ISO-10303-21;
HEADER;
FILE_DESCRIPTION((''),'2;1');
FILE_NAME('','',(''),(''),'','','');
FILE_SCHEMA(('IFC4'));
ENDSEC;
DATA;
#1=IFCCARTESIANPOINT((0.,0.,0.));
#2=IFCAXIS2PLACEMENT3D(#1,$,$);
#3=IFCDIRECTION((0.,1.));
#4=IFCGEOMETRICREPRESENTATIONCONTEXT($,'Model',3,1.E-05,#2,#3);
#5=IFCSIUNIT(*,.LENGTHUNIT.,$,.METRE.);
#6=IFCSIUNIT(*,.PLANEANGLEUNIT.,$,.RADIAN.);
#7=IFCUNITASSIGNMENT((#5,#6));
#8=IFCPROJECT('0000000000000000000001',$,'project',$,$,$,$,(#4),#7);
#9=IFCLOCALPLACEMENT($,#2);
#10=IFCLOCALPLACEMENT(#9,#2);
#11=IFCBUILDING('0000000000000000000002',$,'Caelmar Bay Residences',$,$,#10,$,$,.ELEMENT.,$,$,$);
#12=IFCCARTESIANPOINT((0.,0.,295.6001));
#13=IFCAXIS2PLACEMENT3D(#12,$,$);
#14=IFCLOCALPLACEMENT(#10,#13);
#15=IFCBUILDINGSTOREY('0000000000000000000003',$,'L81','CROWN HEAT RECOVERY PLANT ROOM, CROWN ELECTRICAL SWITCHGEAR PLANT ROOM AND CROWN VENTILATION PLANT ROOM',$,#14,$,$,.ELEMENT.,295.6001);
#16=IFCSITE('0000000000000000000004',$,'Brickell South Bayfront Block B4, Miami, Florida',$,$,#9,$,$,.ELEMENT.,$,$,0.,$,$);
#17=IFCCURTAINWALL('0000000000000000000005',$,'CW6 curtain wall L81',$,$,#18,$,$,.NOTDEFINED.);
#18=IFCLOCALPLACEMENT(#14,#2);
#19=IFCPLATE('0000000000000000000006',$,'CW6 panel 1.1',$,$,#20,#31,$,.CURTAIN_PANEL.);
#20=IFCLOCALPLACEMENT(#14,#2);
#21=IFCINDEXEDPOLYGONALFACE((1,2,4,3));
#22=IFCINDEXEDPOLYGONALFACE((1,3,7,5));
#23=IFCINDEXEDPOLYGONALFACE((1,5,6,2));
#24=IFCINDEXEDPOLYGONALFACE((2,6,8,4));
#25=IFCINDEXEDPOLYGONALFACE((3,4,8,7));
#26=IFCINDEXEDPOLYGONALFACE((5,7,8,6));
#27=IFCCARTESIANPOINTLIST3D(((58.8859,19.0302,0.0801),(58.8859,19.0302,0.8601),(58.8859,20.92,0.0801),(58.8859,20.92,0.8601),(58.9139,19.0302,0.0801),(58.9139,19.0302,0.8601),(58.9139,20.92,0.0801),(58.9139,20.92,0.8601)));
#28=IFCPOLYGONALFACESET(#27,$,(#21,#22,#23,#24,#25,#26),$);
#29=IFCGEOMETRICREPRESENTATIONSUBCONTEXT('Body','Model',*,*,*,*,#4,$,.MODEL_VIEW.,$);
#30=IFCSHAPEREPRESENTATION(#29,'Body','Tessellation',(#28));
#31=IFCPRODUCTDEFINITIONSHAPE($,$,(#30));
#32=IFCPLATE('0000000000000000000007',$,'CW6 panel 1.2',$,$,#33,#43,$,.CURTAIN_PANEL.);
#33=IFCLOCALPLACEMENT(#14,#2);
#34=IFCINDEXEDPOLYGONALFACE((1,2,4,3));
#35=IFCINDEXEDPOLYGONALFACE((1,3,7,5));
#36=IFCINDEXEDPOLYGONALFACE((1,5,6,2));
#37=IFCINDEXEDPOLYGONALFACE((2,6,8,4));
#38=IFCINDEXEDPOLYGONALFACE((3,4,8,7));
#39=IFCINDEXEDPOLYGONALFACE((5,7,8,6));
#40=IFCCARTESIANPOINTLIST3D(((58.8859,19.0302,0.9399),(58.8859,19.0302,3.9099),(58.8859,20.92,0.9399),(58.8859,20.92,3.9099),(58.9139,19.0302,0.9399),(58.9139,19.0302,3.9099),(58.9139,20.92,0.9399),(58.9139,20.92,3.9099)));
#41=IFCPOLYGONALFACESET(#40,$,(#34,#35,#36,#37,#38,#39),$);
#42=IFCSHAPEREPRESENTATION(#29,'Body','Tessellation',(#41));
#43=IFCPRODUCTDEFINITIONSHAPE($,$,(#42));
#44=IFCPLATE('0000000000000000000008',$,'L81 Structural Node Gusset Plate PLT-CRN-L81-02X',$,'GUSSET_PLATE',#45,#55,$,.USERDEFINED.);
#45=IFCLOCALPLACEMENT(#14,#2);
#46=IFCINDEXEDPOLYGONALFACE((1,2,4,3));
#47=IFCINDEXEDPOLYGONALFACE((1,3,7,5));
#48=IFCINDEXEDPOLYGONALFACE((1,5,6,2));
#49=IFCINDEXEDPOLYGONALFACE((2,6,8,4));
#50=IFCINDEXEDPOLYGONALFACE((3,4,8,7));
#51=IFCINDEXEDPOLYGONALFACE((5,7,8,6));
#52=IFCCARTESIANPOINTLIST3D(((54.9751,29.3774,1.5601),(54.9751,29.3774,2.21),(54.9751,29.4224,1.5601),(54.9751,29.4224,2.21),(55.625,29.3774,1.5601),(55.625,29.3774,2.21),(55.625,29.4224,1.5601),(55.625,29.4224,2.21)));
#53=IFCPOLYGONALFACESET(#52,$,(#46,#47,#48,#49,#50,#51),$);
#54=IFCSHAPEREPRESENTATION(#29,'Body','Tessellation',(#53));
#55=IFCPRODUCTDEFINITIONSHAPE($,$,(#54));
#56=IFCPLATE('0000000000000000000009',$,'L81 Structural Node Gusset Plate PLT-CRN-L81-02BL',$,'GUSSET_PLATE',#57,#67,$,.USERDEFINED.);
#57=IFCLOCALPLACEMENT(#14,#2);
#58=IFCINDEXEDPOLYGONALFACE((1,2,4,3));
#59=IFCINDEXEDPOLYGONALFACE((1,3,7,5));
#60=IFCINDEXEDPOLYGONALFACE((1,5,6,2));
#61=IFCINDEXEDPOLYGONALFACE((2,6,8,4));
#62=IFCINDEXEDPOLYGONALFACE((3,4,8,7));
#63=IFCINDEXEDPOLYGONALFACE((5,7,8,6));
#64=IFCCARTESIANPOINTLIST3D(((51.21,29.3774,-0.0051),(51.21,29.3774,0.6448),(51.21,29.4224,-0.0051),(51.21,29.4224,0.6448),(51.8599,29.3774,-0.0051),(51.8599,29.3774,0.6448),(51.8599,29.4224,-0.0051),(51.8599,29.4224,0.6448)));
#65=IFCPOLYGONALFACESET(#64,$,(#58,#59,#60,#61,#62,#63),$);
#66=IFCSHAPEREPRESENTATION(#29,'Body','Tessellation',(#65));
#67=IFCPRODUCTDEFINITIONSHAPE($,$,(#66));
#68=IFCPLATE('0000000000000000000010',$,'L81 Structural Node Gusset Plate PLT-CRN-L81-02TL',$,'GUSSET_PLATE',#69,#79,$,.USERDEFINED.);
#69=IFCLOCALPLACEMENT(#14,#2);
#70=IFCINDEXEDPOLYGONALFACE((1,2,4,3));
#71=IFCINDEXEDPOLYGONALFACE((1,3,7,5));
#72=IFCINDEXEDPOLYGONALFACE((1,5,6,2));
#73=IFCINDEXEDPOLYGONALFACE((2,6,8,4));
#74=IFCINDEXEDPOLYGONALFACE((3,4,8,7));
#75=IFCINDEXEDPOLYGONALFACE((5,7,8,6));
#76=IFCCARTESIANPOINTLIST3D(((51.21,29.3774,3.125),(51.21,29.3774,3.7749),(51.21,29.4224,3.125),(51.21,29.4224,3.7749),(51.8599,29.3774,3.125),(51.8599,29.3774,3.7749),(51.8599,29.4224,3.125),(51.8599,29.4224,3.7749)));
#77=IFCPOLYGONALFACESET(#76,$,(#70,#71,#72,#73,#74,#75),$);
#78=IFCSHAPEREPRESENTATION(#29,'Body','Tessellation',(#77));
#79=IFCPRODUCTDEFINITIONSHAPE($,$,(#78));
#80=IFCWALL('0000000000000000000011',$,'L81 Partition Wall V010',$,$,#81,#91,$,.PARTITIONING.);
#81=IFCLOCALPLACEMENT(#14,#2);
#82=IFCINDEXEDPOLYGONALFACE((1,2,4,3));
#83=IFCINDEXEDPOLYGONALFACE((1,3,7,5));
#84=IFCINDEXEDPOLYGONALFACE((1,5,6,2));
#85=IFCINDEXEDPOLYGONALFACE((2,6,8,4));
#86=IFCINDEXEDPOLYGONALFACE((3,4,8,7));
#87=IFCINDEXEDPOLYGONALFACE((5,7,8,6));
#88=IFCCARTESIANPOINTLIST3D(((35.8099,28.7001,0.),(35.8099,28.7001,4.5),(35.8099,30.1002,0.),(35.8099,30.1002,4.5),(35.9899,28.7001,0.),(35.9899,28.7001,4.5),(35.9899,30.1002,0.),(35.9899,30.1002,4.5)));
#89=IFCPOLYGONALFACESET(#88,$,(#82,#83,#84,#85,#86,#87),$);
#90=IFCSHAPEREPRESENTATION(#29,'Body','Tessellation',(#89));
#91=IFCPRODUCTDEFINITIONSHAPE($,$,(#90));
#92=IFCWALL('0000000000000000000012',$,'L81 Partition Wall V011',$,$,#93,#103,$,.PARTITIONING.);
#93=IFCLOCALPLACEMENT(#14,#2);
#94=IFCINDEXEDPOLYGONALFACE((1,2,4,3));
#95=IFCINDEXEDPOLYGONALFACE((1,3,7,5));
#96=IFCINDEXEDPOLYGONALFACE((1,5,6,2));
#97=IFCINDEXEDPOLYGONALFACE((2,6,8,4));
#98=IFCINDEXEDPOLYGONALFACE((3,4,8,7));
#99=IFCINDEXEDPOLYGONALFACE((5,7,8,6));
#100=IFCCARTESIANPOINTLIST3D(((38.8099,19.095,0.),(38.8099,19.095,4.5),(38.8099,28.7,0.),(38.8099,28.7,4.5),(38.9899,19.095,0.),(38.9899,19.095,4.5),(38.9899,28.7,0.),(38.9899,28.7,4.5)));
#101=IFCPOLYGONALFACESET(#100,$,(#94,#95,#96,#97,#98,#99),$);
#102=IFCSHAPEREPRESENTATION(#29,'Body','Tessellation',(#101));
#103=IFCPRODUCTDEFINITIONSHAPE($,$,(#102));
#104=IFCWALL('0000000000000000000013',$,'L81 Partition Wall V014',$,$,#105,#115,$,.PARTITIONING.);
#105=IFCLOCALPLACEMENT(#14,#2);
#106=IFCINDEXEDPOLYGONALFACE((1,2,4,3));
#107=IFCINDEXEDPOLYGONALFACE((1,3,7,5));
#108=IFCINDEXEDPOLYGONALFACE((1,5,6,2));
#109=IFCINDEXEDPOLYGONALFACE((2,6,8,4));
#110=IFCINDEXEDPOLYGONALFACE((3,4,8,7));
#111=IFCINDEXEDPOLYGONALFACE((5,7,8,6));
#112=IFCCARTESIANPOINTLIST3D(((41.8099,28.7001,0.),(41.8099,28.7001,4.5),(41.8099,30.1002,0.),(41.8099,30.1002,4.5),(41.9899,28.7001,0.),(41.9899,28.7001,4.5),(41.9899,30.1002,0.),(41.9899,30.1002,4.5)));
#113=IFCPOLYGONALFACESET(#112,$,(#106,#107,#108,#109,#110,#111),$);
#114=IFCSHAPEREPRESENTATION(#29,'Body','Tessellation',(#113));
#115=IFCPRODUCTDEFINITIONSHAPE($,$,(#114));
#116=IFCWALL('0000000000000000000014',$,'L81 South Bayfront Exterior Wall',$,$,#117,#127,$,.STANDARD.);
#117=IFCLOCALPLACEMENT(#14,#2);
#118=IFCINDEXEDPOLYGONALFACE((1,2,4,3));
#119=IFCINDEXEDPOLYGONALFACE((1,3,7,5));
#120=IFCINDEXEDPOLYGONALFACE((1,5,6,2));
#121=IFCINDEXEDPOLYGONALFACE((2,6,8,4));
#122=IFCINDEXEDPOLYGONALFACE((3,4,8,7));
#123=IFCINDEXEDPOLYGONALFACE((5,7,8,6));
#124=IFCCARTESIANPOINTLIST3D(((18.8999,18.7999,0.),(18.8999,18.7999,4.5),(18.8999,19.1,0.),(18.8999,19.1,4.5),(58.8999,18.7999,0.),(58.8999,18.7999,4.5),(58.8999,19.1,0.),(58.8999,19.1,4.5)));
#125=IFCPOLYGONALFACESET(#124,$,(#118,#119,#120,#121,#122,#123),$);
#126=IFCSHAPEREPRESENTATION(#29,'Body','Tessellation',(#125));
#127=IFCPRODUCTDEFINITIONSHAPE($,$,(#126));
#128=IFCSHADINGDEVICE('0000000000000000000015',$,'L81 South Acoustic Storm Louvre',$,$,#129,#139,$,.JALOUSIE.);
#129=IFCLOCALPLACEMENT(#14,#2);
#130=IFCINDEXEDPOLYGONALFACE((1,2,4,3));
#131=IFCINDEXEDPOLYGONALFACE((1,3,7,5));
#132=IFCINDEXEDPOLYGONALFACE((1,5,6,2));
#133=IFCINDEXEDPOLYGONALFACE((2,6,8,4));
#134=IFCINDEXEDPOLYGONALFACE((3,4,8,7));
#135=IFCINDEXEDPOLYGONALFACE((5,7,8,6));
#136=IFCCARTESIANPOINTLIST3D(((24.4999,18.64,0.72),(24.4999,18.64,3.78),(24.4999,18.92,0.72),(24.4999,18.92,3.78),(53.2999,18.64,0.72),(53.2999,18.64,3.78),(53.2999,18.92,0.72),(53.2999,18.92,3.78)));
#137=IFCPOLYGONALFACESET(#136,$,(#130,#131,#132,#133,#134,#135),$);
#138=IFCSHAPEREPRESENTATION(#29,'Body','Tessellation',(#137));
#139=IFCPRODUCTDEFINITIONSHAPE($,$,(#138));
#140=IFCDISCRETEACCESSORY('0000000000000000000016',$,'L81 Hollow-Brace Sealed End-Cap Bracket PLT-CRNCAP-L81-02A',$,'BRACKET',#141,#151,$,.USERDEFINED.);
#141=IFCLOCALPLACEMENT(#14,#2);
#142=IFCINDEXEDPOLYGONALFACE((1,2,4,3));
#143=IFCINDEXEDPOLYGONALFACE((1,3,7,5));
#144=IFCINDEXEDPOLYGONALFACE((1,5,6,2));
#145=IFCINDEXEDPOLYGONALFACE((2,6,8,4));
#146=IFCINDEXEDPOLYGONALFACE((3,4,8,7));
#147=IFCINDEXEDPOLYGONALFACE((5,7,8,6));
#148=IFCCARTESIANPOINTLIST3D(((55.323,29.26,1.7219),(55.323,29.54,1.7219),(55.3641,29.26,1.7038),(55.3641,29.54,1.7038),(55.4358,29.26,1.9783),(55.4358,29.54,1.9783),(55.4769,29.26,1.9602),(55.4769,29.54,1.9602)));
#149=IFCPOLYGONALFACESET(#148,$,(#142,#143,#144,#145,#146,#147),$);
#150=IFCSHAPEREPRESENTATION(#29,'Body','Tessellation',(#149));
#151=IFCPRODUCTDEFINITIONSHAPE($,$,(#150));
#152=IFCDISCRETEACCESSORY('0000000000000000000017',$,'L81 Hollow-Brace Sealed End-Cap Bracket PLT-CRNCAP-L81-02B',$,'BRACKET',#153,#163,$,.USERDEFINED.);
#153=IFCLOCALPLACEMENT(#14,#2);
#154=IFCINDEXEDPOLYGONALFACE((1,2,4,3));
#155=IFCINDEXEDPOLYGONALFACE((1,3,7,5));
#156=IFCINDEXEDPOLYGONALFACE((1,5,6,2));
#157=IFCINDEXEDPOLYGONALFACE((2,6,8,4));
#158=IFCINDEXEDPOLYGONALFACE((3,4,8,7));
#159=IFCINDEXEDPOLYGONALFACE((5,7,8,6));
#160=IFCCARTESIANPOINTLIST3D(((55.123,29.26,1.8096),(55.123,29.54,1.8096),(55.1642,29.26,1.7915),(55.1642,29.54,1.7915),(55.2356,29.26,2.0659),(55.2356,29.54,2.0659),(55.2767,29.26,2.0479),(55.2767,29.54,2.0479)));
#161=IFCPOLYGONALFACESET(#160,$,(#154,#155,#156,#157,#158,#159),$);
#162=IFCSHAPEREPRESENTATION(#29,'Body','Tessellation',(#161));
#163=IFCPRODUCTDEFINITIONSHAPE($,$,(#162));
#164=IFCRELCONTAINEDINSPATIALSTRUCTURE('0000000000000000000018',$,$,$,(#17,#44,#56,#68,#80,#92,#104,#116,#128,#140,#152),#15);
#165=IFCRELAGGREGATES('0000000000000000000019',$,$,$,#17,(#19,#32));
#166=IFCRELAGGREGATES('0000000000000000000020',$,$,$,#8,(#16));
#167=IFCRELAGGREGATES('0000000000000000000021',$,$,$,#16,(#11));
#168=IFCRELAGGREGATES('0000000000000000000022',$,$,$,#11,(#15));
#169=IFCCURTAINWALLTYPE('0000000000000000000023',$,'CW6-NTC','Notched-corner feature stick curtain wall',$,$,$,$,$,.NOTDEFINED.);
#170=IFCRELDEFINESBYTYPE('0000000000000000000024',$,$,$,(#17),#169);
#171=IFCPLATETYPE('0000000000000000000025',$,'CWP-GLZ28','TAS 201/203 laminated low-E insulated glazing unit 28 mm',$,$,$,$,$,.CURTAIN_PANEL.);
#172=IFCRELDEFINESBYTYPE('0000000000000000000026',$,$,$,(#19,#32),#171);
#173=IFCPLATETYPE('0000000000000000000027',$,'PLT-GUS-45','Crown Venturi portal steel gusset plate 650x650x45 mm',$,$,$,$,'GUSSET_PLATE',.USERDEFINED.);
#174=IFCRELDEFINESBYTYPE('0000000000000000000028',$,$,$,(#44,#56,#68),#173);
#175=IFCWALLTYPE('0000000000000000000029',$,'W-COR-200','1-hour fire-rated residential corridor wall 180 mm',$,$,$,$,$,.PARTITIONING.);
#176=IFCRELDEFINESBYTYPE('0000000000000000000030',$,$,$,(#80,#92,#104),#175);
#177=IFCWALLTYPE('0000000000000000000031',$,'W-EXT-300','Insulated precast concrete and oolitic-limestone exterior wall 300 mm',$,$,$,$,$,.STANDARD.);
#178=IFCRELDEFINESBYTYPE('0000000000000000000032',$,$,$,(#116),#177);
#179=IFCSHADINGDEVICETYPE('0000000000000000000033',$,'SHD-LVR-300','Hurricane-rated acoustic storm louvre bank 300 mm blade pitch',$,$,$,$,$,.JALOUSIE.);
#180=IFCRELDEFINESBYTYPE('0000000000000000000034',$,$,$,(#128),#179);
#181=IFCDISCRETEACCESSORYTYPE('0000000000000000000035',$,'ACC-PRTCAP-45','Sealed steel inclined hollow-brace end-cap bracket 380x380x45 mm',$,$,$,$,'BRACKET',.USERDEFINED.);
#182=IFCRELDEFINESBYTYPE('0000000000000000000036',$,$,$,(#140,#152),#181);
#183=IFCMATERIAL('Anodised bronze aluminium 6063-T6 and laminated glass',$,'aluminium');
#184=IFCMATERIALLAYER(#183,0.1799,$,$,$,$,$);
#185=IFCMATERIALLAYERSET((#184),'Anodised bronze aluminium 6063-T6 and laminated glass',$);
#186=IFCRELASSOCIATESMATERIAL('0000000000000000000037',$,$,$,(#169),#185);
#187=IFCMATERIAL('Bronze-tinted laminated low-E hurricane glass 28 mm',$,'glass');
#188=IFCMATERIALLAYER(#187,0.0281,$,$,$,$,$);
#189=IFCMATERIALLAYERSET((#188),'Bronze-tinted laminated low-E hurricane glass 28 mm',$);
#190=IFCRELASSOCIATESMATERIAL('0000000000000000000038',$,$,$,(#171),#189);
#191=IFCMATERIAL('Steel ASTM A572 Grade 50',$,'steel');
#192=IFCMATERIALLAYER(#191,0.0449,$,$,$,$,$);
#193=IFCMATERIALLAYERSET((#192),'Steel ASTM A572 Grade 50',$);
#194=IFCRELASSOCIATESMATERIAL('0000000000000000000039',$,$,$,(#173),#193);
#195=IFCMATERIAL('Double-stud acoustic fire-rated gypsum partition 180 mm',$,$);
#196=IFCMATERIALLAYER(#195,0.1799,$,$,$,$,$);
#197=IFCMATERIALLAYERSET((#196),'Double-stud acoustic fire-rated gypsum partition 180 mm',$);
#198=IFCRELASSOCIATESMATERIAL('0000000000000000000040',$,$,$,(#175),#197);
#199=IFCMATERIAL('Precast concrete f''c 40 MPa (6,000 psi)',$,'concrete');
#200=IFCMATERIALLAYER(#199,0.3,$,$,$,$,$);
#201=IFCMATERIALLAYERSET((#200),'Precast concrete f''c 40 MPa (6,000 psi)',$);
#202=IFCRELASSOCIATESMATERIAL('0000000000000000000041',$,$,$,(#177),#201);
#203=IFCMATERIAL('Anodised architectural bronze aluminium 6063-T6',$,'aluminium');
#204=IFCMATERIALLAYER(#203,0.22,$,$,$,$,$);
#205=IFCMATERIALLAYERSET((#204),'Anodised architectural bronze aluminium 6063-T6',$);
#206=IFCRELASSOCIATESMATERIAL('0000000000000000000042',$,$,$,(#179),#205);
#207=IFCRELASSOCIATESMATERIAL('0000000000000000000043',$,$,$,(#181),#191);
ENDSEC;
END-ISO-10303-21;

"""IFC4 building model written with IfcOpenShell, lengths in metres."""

from ifc_helpers import new_model, si_unit, direction, frame, frame_2d, origin, origin_2d, place, context, subcontext, project, spatial, polyline, rectangle, outline, extrude, material, layer, layer_set, type_object, element, aggregate, save


model = new_model("IFC4")

# Units and contexts
model_context = context("Model", 3, precision=1e-05, world=origin(), true_north=direction((0.0, 1.0)))
body_context = subcontext(model_context, "Body", "Model", "MODEL_VIEW")
ifc_project = project(units=[si_unit("LENGTHUNIT", "METRE"), si_unit("PLANEANGLEUNIT", "RADIAN")], contexts=[model_context])

# Site, building, storey
site_placement = place(None, origin())
site = spatial("IfcSite", under=ifc_project, at=site_placement, Name="Brickell South Bayfront Block B4, Miami, Florida", CompositionType="ELEMENT", RefElevation=0.0)
building_placement = place(site_placement, origin())
building = spatial("IfcBuilding", under=site, at=building_placement, Name="Caelmar Bay Residences", CompositionType="ELEMENT")
storey_placement = place(building_placement, frame((0.0, 0.0, 295.6001)))
storey = spatial("IfcBuildingStorey", under=building, at=storey_placement, Name="L81", Description="CROWN HEAT RECOVERY PLANT ROOM, CROWN ELECTRICAL SWITCHGEAR PLANT ROOM AND CROWN VENTILATION PLANT ROOM", CompositionType="ELEMENT", Elevation=295.6001)

# Curtain wall
ifc_material_1 = material(Name="Anodised bronze aluminium 6063-T6 and laminated glass", Category="aluminium")
ifc_layer_1 = layer(ifc_material_1, 0.1799)
ifc_layer_set_1 = layer_set([ifc_layer_1], Name="Anodised bronze aluminium 6063-T6 and laminated glass")
curtain_wall_type = type_object("IfcCurtainWallType", Name="CW6-NTC", Description="Notched-corner feature stick curtain wall", PredefinedType="NOTDEFINED", material=ifc_layer_set_1)
curtain_wall_placement = place(storey_placement, origin())
curtain_wall = element("IfcCurtainWall", 1, at=curtain_wall_placement, inside=storey, type_object=curtain_wall_type, Name="CW6 curtain wall L81", PredefinedType="NOTDEFINED")

# Plates
ifc_material_2 = material(Name="Bronze-tinted laminated low-E hurricane glass 28 mm", Category="glass")
ifc_layer_2 = layer(ifc_material_2, 0.0281)
ifc_layer_set_2 = layer_set([ifc_layer_2], Name="Bronze-tinted laminated low-E hurricane glass 28 mm")
plate_type_1 = type_object("IfcPlateType", Name="CWP-GLZ28", Description="TAS 201/203 laminated low-E insulated glazing unit 28 mm", PredefinedType="CURTAIN_PANEL", material=ifc_layer_set_2)
plate_1_placement = place(storey_placement, frame((58.8999, 19.9751, 0.0801), z_axis=(0.0, 0.0, 1.0), x_axis=(0.0, 1.0, 0.0)))
plate_1 = element("IfcPlate", 2, at=plate_1_placement, type_object=plate_type_1, Name="CW6 panel 1.1", PredefinedType="CURTAIN_PANEL", context=body_context, shape_type="SweptSolid", body=[
    extrude(rectangle(XDim=1.8899, YDim=0.0281, at=origin_2d()), origin(), (0.0, 0.0, 1.0), 0.78),
])
plate_2_placement = place(storey_placement, frame((58.8999, 19.9751, 0.9399), z_axis=(0.0, 0.0, 1.0), x_axis=(0.0, 1.0, 0.0)))
plate_2 = element("IfcPlate", 3, at=plate_2_placement, type_object=plate_type_1, Name="CW6 panel 1.2", PredefinedType="CURTAIN_PANEL", context=body_context, shape_type="SweptSolid", body=[
    extrude(rectangle(XDim=1.8899, YDim=0.0281, at=origin_2d()), origin(), (0.0, 0.0, 1.0), 2.97),
])
aggregate(curtain_wall, [plate_1, plate_2])

# Plates
ifc_material_3 = material(Name="Steel ASTM A572 Grade 50", Category="steel")
ifc_layer_3 = layer(ifc_material_3, 0.0449)
ifc_layer_set_3 = layer_set([ifc_layer_3], Name="Steel ASTM A572 Grade 50")
plate_type_2 = type_object("IfcPlateType", Name="PLT-GUS-45", Description="Crown Venturi portal steel gusset plate 650x650x45 mm", ElementType="GUSSET_PLATE", PredefinedType="USERDEFINED", material=ifc_layer_set_3)
for number, where, z_axis, x_axis, name in (
    (4, (55.3, 29.3999, 1.5601), (0.0, 0.0, 1.0), (1.0, 0.0, 0.0), "L81 Structural Node Gusset Plate PLT-CRN-L81-02X"),
    (5, (51.5349, 29.3999, -0.0051), (0.0, 0.0, 1.0), (1.0, 0.0, 0.0), "L81 Structural Node Gusset Plate PLT-CRN-L81-02BL"),
    (6, (51.5349, 29.3999, 3.125), (0.0, 0.0, 1.0), (1.0, 0.0, 0.0), "L81 Structural Node Gusset Plate PLT-CRN-L81-02TL"),
):
    element("IfcPlate", number, at=place(storey_placement, frame(where, z_axis=z_axis, x_axis=x_axis)), inside=storey, type_object=plate_type_2, Name=name, ObjectType="GUSSET_PLATE", PredefinedType="USERDEFINED", context=body_context, shape_type="SweptSolid", body=[
        extrude(rectangle(XDim=0.6499, YDim=0.0449, at=origin_2d()), origin(), (0.0, 0.0, 1.0), 0.6499),
    ])

# Walls
ifc_material_4 = material(Name="Double-stud acoustic fire-rated gypsum partition 180 mm")
ifc_layer_4 = layer(ifc_material_4, 0.1799)
ifc_layer_set_4 = layer_set([ifc_layer_4], Name="Double-stud acoustic fire-rated gypsum partition 180 mm")
wall_type_1 = type_object("IfcWallType", Name="W-COR-200", Description="1-hour fire-rated residential corridor wall 180 mm", PredefinedType="PARTITIONING", material=ifc_layer_set_4)
wall_1_placement = place(storey_placement, frame((35.8999, 28.7, 0.0), z_axis=(0.0, 0.0, 1.0), x_axis=(0.0, 1.0, 0.0)))
element("IfcWall", 7, at=wall_1_placement, inside=storey, type_object=wall_type_1, Name="L81 Partition Wall V010", PredefinedType="PARTITIONING", context=body_context, shape_type="SweptSolid", body=[
    extrude(rectangle(XDim=1.4001, YDim=0.1799, at=frame_2d((0.7002, 0.0))), origin(), (0.0, 0.0, 1.0), 4.5),
])
wall_2_placement = place(storey_placement, frame((38.8999, 19.095, 0.0), z_axis=(0.0, 0.0, 1.0), x_axis=(0.0, 1.0, 0.0)))
element("IfcWall", 8, at=wall_2_placement, inside=storey, type_object=wall_type_1, Name="L81 Partition Wall V011", PredefinedType="PARTITIONING", context=body_context, shape_type="SweptSolid", body=[
    extrude(rectangle(XDim=9.605, YDim=0.1799, at=frame_2d((4.8025, 0.0))), origin(), (0.0, 0.0, 1.0), 4.5),
])
wall_3_placement = place(storey_placement, frame((41.8999, 28.7, 0.0), z_axis=(0.0, 0.0, 1.0), x_axis=(0.0, 1.0, 0.0)))
element("IfcWall", 9, at=wall_3_placement, inside=storey, type_object=wall_type_1, Name="L81 Partition Wall V014", PredefinedType="PARTITIONING", context=body_context, shape_type="SweptSolid", body=[
    extrude(rectangle(XDim=1.4001, YDim=0.1799, at=frame_2d((0.7002, 0.0))), origin(), (0.0, 0.0, 1.0), 4.5),
])
ifc_material_5 = material(Name="Precast concrete f'c 40 MPa (6,000 psi)", Category="concrete")
ifc_layer_5 = layer(ifc_material_5, 0.3)
ifc_layer_set_5 = layer_set([ifc_layer_5], Name="Precast concrete f'c 40 MPa (6,000 psi)")
wall_type_2 = type_object("IfcWallType", Name="W-EXT-300", Description="Insulated precast concrete and oolitic-limestone exterior wall 300 mm", PredefinedType="STANDARD", material=ifc_layer_set_5)
wall_4_placement = place(storey_placement, frame((58.8999, 18.95, 0.0), z_axis=(0.0, 0.0, 1.0), x_axis=(-1.0, 0.0, 0.0)))
element("IfcWall", 10, at=wall_4_placement, inside=storey, type_object=wall_type_2, Name="L81 South Bayfront Exterior Wall", PredefinedType="STANDARD", context=body_context, shape_type="SweptSolid", body=[
    extrude(rectangle(XDim=40.0, YDim=0.3, at=frame_2d((20.0, 0.0))), origin(), (0.0, 0.0, 1.0), 4.5),
])

# Shading device
ifc_material_6 = material(Name="Anodised architectural bronze aluminium 6063-T6", Category="aluminium")
ifc_layer_6 = layer(ifc_material_6, 0.22)
ifc_layer_set_6 = layer_set([ifc_layer_6], Name="Anodised architectural bronze aluminium 6063-T6")
shading_device_type = type_object("IfcShadingDeviceType", Name="SHD-LVR-300", Description="Hurricane-rated acoustic storm louvre bank 300 mm blade pitch", PredefinedType="JALOUSIE", material=ifc_layer_set_6)
shading_device_placement = place(storey_placement, frame((38.8999, 18.78, 0.72), z_axis=(0.0, 0.0, 1.0), x_axis=(1.0, 0.0, 0.0)))
element("IfcShadingDevice", 11, at=shading_device_placement, inside=storey, type_object=shading_device_type, Name="L81 South Acoustic Storm Louvre", PredefinedType="JALOUSIE", context=body_context, shape_type="SweptSolid", body=[
    extrude(rectangle(XDim=28.8, YDim=0.28, at=origin_2d()), origin(), (0.0, 0.0, 1.0), 3.0601),
])

# Discrete accessories
discrete_accessory_type = type_object("IfcDiscreteAccessoryType", Name="ACC-PRTCAP-45", Description="Sealed steel inclined hollow-brace end-cap bracket 380x380x45 mm", ElementType="BRACKET", PredefinedType="USERDEFINED", material=ifc_material_3)
discrete_accessory_1_placement = place(storey_placement, frame((55.323, 29.26, 1.7219), z_axis=(-0.915315, 0.0, 0.402739), x_axis=(0.0, 1.0, 0.0)))
element("IfcDiscreteAccessory", 12, at=discrete_accessory_1_placement, inside=storey, type_object=discrete_accessory_type, Name="L81 Hollow-Brace Sealed End-Cap Bracket PLT-CRNCAP-L81-02A", ObjectType="BRACKET", PredefinedType="USERDEFINED", context=body_context, shape_type="SweptSolid", body=[
    extrude(outline(polyline([(0.0, 0.0), (0.28, 0.0), (0.28, -0.2801), (0.0, -0.2801), (0.0, 0.0)])), origin(), (0.0, 0.0, -1.0), 0.0449),
])
discrete_accessory_2_placement = place(storey_placement, frame((55.123, 29.54, 1.8096), z_axis=(-0.915636, 0.0, 0.402008), x_axis=(0.0, -1.0, 0.0)))
element("IfcDiscreteAccessory", 13, at=discrete_accessory_2_placement, inside=storey, type_object=discrete_accessory_type, Name="L81 Hollow-Brace Sealed End-Cap Bracket PLT-CRNCAP-L81-02B", ObjectType="BRACKET", PredefinedType="USERDEFINED", context=body_context, shape_type="SweptSolid", body=[
    extrude(outline(polyline([(0.0, 0.0), (0.28, 0.0), (0.28, 0.28), (0.0, 0.28), (0.0, 0.0)])), origin(), (0.0, 0.0, -1.0), 0.0449),
])

save(model, "model.ifc")
